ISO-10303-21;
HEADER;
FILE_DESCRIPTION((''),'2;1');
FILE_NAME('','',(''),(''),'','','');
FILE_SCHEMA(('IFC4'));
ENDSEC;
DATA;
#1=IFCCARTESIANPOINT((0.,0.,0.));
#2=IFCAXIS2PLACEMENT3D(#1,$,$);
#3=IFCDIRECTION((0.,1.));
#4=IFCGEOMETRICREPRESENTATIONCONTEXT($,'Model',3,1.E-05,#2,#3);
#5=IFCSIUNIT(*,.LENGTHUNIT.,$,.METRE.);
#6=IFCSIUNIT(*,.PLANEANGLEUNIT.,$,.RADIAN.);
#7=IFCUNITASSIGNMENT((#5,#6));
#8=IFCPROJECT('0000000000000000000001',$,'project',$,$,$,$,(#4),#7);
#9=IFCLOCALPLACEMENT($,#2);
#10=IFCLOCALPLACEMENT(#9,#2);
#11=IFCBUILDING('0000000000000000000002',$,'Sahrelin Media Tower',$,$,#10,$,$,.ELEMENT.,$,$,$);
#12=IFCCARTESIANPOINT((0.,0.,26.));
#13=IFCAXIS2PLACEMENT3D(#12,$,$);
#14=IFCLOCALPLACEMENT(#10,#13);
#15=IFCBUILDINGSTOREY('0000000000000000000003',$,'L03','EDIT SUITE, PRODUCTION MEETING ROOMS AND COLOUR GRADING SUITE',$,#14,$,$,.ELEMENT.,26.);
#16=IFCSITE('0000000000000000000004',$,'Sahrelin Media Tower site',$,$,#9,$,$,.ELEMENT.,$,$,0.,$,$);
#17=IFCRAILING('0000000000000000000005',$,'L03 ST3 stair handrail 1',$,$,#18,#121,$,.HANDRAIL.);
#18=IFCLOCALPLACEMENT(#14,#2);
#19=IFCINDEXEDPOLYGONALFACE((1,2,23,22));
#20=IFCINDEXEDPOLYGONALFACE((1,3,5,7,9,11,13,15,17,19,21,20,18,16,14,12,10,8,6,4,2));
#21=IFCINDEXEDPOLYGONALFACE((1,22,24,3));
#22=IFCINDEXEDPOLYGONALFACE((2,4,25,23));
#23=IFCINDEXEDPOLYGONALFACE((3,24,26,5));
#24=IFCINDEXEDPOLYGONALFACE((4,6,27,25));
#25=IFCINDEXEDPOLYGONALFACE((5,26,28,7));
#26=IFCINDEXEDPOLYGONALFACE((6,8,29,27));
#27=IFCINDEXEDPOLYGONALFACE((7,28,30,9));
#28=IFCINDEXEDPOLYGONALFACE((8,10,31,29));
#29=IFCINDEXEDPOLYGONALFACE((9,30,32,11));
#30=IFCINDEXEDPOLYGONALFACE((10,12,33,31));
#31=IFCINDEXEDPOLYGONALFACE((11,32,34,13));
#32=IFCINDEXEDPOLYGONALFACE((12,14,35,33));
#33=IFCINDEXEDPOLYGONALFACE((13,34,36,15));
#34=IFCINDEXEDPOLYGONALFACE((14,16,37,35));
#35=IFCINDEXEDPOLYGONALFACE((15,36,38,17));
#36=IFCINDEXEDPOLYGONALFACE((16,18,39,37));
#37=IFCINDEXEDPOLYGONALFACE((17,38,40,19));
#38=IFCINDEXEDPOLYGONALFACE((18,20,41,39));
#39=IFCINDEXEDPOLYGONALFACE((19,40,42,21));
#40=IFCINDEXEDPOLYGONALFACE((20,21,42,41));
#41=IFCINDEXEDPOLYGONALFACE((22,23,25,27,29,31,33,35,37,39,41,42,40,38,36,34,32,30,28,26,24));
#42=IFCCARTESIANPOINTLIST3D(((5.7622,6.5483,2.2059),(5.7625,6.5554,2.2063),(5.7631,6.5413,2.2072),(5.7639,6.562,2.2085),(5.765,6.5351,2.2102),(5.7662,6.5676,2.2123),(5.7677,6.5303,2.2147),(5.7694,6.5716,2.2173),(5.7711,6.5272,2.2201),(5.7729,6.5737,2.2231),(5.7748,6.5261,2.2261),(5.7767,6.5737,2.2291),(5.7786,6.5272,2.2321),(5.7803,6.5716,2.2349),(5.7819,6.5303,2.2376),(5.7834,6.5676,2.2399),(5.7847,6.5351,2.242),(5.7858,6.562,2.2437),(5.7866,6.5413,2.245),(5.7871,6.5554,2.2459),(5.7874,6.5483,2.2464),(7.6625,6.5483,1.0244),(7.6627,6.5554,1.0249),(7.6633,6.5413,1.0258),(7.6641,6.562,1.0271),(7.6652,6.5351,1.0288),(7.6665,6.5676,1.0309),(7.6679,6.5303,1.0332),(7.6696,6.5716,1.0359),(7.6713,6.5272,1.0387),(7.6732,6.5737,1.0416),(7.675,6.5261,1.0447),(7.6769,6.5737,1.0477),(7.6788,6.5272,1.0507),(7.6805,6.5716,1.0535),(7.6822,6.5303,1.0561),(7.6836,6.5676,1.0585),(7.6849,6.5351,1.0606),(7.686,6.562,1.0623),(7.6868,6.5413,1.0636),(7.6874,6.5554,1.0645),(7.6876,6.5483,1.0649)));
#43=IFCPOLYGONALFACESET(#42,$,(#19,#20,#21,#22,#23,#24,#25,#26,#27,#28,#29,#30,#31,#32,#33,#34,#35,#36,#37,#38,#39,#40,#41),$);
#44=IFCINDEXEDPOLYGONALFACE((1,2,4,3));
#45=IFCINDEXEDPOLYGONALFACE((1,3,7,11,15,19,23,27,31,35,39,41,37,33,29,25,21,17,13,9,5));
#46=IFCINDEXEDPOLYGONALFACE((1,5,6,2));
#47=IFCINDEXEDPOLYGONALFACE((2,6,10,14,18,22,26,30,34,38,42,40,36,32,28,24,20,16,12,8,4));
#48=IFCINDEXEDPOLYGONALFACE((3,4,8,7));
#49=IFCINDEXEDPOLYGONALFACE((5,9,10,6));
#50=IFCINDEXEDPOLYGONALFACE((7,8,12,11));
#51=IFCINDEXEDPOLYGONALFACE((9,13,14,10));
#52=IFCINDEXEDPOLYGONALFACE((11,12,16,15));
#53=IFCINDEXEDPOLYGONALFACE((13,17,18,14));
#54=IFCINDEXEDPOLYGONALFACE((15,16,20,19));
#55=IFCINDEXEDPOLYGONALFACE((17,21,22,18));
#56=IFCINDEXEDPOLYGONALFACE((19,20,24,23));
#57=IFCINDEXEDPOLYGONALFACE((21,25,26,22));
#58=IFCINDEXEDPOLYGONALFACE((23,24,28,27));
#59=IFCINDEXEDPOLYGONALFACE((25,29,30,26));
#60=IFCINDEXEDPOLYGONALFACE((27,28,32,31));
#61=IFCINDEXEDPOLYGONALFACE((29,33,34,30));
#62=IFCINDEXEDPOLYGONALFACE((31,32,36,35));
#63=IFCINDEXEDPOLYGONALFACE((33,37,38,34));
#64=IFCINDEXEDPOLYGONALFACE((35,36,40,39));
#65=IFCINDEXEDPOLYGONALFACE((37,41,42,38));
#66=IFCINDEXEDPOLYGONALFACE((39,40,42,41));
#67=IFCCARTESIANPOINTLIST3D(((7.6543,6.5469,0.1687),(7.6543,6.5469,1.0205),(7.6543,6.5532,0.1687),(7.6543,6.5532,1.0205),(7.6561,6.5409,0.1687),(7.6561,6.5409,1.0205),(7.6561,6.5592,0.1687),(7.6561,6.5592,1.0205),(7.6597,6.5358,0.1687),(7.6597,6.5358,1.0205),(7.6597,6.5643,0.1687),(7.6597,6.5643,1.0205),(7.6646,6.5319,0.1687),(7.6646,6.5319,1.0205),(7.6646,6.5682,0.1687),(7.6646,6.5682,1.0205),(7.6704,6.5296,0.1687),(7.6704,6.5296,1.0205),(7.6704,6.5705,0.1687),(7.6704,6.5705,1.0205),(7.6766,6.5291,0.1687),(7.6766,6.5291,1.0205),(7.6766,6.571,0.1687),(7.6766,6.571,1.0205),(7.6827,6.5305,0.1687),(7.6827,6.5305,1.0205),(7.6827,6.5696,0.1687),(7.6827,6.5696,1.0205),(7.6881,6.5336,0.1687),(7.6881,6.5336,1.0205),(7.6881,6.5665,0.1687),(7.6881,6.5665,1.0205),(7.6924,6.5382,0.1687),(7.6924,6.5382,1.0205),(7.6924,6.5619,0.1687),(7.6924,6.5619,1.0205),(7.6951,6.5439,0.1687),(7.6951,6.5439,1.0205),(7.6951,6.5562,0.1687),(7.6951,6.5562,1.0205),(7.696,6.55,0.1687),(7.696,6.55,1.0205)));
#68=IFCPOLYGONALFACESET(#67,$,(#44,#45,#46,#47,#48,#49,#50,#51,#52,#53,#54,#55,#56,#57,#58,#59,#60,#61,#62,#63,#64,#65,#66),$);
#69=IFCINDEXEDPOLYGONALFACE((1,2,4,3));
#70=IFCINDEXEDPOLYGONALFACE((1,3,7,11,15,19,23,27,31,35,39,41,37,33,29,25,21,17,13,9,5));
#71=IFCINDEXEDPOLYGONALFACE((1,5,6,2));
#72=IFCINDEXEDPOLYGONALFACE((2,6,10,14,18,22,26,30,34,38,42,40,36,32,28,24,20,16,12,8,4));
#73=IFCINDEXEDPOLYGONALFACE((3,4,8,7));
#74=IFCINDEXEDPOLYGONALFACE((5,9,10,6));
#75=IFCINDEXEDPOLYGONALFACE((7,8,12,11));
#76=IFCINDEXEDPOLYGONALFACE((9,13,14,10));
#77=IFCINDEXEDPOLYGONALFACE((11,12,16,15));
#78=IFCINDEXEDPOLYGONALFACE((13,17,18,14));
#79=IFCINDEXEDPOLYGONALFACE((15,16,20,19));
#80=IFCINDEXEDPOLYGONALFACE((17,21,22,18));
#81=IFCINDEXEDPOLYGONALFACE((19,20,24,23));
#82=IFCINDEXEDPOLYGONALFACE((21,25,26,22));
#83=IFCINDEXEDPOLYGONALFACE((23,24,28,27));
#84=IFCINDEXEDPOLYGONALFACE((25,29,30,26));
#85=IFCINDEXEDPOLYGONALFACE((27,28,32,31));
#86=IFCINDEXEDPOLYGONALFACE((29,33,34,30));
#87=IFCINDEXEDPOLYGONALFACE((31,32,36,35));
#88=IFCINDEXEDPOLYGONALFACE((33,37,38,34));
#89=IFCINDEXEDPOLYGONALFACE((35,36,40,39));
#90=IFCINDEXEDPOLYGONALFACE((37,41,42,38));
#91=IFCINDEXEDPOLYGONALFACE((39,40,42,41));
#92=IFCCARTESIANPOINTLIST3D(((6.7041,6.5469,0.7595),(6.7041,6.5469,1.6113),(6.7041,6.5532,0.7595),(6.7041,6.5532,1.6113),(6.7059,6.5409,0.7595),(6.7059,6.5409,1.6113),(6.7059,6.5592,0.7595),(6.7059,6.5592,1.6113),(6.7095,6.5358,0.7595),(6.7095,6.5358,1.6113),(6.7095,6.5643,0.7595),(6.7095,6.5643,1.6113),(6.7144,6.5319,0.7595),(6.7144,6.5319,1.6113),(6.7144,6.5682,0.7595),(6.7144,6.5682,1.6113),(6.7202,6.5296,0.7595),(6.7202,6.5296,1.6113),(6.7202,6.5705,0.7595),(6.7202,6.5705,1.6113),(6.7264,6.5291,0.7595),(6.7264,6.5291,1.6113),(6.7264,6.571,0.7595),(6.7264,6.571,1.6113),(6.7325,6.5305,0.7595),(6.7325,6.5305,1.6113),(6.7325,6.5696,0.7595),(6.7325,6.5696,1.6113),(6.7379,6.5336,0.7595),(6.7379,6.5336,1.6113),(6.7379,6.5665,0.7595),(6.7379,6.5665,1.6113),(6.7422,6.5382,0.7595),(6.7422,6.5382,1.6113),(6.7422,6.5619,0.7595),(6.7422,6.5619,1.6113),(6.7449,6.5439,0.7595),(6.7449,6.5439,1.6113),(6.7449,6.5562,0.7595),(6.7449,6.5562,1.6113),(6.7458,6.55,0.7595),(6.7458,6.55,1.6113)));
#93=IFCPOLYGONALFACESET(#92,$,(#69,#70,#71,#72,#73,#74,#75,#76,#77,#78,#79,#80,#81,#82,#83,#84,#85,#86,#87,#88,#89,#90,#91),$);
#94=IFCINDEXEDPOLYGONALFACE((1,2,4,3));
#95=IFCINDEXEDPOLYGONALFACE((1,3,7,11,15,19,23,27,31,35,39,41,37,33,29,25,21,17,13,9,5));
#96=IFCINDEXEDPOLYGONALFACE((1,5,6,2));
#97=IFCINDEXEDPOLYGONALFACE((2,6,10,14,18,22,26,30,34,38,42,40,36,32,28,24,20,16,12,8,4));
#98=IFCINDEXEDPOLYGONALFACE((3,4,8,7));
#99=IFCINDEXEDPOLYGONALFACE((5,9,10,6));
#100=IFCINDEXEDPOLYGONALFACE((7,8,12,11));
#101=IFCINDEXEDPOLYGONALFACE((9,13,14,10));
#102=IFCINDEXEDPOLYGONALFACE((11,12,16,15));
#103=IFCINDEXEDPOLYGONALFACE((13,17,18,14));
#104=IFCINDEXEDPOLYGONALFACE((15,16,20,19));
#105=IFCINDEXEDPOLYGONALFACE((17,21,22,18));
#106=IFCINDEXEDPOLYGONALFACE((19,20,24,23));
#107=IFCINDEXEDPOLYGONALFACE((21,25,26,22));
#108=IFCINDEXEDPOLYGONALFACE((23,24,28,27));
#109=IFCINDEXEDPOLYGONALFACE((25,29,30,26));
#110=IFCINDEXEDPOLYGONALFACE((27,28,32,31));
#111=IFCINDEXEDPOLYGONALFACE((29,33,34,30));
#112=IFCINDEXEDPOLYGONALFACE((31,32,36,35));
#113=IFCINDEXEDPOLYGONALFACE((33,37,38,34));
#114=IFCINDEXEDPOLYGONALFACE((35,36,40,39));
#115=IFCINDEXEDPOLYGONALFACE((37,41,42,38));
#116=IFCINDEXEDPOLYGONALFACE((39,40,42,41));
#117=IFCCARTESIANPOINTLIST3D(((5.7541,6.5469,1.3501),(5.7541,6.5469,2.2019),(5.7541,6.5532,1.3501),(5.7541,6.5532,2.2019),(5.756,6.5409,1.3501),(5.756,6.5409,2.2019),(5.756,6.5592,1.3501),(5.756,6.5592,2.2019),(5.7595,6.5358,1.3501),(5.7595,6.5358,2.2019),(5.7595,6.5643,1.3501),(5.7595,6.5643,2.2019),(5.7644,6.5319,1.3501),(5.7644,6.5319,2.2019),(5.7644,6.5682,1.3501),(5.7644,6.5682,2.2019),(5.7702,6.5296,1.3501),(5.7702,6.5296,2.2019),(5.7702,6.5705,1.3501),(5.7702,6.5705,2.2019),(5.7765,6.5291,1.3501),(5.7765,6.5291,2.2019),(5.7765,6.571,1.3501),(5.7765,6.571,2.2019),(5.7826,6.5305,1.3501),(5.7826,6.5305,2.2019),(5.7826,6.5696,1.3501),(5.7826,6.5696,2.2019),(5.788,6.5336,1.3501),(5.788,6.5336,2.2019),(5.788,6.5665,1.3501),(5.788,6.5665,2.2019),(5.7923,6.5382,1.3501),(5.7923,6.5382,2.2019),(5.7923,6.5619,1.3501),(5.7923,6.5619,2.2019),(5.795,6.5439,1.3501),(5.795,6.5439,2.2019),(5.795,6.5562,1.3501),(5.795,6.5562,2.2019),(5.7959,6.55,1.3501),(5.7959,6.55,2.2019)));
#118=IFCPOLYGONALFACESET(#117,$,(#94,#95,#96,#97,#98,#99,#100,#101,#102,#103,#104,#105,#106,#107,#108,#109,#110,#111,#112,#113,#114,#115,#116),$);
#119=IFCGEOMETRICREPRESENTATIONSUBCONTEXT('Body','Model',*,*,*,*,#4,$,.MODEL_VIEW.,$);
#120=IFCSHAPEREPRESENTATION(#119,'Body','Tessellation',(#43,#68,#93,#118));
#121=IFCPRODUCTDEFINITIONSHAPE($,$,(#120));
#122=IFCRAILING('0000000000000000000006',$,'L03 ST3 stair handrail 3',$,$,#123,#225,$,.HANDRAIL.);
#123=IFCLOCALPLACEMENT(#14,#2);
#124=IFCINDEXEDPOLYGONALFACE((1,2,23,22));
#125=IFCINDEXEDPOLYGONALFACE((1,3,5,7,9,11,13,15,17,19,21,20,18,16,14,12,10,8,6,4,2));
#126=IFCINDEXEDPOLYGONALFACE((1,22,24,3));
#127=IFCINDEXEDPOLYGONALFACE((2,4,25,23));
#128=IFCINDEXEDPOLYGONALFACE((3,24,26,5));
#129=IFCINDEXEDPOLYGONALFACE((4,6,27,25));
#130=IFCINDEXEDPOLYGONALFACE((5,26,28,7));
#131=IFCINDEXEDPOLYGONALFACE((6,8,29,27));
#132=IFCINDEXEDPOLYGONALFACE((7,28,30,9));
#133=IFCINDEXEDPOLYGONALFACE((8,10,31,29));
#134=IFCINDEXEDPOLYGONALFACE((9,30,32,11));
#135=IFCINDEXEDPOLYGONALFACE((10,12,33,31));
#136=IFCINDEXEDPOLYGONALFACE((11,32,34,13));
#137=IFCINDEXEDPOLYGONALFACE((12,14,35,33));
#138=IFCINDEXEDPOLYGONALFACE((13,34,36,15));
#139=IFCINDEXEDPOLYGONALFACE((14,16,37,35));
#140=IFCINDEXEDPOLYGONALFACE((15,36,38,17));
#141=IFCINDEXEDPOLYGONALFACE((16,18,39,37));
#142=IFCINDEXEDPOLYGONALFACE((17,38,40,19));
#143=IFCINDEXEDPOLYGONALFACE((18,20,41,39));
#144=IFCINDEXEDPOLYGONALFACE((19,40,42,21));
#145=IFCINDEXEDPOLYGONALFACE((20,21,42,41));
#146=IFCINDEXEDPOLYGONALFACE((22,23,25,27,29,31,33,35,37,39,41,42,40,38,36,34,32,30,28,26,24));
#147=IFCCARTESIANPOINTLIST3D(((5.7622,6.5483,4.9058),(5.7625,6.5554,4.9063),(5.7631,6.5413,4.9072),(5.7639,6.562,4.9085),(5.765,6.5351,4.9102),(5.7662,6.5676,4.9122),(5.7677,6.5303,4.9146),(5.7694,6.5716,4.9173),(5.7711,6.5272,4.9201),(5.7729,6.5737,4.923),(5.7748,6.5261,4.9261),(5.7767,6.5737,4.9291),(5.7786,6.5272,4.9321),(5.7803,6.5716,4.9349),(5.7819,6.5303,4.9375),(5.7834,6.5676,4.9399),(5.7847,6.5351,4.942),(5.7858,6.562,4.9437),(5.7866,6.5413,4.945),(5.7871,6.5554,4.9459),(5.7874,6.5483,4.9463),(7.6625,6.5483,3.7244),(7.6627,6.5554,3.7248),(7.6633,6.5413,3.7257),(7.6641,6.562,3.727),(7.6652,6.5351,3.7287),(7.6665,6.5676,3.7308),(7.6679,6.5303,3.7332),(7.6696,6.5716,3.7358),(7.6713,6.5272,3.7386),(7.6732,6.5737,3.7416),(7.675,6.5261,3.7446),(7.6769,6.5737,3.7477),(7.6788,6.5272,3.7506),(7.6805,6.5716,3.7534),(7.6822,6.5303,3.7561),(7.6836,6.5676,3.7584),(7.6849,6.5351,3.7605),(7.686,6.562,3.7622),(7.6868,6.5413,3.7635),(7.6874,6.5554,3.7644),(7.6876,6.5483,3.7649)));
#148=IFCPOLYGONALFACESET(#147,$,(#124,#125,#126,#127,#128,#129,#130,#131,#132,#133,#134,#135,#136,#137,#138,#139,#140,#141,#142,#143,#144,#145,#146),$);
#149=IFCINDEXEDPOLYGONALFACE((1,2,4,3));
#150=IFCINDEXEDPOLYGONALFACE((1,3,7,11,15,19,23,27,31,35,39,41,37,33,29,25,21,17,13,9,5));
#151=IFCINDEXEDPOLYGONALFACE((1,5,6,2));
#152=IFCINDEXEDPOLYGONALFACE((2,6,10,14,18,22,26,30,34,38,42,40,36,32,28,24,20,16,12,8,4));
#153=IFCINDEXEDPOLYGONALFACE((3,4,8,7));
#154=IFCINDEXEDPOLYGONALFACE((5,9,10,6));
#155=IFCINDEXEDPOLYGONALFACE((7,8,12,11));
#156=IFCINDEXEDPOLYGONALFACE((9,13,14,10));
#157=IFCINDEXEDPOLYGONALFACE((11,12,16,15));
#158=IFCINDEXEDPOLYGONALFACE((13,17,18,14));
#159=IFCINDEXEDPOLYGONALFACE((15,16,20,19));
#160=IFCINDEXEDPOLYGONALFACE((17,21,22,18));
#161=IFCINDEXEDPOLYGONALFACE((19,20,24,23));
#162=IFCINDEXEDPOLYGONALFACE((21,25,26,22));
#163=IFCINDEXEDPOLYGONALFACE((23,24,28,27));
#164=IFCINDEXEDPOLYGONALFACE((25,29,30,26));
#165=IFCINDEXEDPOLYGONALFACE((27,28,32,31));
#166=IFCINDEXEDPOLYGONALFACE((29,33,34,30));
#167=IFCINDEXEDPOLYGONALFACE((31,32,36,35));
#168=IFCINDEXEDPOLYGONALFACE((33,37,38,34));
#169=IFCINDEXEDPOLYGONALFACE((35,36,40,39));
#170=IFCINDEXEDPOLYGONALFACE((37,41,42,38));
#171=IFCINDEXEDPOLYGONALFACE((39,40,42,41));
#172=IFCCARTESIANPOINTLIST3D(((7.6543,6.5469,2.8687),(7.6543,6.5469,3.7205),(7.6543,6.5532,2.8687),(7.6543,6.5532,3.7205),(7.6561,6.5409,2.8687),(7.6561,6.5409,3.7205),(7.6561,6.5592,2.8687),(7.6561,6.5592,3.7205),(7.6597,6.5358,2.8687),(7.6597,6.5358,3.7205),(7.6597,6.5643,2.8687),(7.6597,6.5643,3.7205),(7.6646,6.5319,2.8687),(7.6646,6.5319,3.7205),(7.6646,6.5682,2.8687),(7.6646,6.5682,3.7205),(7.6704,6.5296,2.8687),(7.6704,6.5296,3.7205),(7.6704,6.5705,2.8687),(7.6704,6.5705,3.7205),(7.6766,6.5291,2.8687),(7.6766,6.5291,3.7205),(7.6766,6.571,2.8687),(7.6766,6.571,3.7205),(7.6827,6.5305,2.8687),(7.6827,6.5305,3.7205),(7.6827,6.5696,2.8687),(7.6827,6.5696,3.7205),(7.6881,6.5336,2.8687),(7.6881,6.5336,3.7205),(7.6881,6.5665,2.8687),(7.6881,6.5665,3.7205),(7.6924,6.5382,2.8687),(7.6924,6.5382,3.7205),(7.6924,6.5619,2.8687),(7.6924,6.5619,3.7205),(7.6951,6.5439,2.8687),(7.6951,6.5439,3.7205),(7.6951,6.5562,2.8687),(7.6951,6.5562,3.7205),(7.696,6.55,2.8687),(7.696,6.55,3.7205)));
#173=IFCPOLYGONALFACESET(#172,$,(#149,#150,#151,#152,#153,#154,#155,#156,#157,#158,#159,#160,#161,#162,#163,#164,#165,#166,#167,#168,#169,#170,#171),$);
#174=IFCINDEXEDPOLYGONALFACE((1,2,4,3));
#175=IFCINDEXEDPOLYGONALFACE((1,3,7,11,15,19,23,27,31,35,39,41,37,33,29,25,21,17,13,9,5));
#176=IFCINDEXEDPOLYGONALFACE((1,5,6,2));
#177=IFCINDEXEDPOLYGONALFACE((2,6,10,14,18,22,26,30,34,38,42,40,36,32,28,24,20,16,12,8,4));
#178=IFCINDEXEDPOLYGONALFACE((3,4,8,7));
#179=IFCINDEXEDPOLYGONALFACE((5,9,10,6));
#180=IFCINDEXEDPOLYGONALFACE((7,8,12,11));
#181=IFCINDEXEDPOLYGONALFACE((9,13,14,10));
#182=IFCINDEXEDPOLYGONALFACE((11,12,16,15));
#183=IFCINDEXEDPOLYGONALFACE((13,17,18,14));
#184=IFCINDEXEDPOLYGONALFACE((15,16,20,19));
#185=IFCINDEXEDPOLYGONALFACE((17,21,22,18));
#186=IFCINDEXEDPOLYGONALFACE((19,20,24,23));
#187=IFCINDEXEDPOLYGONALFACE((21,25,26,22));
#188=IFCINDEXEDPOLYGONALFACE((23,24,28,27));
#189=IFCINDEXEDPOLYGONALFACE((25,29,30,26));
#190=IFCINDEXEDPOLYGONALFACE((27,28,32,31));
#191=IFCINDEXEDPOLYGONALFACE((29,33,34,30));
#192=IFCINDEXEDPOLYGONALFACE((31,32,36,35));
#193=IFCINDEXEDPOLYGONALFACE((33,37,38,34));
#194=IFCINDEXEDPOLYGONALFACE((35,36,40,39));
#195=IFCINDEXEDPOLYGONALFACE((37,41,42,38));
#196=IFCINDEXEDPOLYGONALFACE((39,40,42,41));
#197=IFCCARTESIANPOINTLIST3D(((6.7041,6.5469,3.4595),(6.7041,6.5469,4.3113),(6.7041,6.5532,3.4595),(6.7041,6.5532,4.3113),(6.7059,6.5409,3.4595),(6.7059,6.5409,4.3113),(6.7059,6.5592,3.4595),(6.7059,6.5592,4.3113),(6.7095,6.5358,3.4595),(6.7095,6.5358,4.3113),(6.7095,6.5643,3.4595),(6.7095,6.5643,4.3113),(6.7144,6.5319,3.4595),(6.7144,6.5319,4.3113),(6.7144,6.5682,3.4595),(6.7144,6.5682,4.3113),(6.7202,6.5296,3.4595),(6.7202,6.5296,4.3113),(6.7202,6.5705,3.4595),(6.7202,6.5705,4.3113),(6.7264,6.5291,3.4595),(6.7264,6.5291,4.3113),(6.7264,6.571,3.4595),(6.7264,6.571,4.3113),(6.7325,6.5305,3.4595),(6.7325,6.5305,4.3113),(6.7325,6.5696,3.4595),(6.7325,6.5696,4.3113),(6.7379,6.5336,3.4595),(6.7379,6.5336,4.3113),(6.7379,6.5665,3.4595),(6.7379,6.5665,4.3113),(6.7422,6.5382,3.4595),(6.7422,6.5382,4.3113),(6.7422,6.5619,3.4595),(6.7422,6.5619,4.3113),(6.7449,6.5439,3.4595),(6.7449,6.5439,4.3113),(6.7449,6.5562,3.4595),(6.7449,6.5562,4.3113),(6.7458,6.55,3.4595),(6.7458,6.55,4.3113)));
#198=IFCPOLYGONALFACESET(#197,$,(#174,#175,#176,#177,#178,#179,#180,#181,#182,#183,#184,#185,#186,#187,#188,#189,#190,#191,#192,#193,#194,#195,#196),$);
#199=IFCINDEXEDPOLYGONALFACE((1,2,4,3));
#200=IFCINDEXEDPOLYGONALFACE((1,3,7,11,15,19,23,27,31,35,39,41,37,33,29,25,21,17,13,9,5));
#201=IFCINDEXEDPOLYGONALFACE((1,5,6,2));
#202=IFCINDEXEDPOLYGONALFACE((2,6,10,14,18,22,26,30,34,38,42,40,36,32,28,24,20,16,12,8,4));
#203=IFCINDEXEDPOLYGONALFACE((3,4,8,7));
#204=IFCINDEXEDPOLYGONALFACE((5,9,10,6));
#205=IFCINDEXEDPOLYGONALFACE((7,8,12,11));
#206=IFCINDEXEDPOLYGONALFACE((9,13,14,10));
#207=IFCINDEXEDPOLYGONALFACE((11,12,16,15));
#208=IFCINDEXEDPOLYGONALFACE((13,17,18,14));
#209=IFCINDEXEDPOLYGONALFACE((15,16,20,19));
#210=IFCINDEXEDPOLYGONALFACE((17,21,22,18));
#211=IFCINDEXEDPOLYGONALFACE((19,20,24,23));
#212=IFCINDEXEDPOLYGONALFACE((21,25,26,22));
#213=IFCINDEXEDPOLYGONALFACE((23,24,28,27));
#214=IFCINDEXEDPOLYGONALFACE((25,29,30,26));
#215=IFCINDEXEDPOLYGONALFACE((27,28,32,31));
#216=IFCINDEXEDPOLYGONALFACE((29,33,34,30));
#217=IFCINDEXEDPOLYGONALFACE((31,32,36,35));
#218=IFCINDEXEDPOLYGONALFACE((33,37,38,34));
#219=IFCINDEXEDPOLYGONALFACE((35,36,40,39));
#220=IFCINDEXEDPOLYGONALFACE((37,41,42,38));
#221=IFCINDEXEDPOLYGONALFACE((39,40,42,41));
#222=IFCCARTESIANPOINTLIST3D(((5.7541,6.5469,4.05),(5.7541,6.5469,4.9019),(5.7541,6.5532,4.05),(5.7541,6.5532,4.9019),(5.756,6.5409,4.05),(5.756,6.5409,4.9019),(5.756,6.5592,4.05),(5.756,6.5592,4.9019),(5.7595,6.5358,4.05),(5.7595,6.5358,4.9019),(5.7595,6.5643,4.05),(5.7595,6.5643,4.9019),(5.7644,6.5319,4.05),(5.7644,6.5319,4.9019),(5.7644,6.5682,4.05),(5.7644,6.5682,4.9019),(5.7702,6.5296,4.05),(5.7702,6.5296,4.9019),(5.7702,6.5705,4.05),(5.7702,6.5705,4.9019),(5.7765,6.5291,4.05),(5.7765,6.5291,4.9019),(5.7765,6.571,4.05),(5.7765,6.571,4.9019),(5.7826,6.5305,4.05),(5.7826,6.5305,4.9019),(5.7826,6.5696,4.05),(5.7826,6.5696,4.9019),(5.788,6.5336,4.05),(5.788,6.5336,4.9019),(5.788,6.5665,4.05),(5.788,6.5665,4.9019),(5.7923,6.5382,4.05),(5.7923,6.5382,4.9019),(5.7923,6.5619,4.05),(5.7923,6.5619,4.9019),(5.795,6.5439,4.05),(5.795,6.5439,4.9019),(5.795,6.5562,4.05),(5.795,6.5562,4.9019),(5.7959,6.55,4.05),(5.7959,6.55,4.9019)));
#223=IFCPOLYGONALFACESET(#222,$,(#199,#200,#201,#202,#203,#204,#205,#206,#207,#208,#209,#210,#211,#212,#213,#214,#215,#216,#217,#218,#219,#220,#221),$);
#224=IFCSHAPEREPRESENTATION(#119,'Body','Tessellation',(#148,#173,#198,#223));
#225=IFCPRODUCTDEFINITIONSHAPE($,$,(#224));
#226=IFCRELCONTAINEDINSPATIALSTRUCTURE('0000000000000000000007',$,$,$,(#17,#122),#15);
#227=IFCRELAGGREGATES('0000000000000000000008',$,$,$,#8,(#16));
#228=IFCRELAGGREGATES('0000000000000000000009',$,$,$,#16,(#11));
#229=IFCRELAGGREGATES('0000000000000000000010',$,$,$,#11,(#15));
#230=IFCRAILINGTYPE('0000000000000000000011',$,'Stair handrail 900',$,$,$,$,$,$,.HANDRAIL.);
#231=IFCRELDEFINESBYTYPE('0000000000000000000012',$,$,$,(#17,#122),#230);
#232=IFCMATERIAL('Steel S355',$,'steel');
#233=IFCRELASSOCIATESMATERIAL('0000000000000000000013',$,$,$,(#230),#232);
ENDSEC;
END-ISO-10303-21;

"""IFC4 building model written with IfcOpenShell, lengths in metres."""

from ifc_helpers import new_model, si_unit, direction, frame, origin, origin_2d, place, context, subcontext, project, spatial, circle, extrude, material, type_object, element, save


model = new_model("IFC4")

# Units and contexts
model_context = context("Model", 3, precision=1e-05, world=origin(), true_north=direction((0.0, 1.0)))
body_context = subcontext(model_context, "Body", "Model", "MODEL_VIEW")
ifc_project = project(units=[si_unit("LENGTHUNIT", "METRE"), si_unit("PLANEANGLEUNIT", "RADIAN")], contexts=[model_context])

# Site, building, storey
site_placement = place(None, origin())
site = spatial("IfcSite", under=ifc_project, at=site_placement, Name="Sahrelin Media Tower site", CompositionType="ELEMENT", RefElevation=0.0)
building_placement = place(site_placement, origin())
building = spatial("IfcBuilding", under=site, at=building_placement, Name="Sahrelin Media Tower", CompositionType="ELEMENT")
storey_placement = place(building_placement, frame((0.0, 0.0, 26.0)))
storey = spatial("IfcBuildingStorey", under=building, at=storey_placement, Name="L03", Description="EDIT SUITE, PRODUCTION MEETING ROOMS AND COLOUR GRADING SUITE", CompositionType="ELEMENT", Elevation=26.0)

# Shared definitions
ifc_material_1 = material(Name="Steel S355", Category="steel")

# Railings
railing_type_1 = type_object("IfcRailingType", Name="Stair handrail 900", PredefinedType="HANDRAIL", material=ifc_material_1)
for number, where, name in (
    (1, (7.675, 6.55, 0.1687), "L03 ST3 stair handrail 1"),
    (2, (7.675, 6.55, 2.8687), "L03 ST3 stair handrail 3"),
):
    element("IfcRailing", number, at=place(storey_placement, frame(where)), inside=storey, type_object=railing_type_1, Name=name, PredefinedType="HANDRAIL", context=body_context, shape_type="SweptSolid", body=[
        extrude(circle(Radius=0.0239, at=origin_2d()), frame((0.0, 0.0, 0.876), z_axis=(-0.84924, 0.0, 0.528006), x_axis=(0.0, -1.0, 0.0)), (0.0, 0.0, 1.0), 2.2375),
        extrude(circle(Radius=0.021, at=origin_2d()), origin(), (0.0, 0.0, 1.0), 0.8518),
        extrude(circle(Radius=0.021, at=origin_2d()), frame((-0.9502, 0.0, 0.5908)), (0.0, 0.0, 1.0), 0.8518),
        extrude(circle(Radius=0.021, at=origin_2d()), frame((-1.9001, 0.0, 1.1814)), (0.0, 0.0, 1.0), 0.8518),
    ])

save(model, "model.ifc")
